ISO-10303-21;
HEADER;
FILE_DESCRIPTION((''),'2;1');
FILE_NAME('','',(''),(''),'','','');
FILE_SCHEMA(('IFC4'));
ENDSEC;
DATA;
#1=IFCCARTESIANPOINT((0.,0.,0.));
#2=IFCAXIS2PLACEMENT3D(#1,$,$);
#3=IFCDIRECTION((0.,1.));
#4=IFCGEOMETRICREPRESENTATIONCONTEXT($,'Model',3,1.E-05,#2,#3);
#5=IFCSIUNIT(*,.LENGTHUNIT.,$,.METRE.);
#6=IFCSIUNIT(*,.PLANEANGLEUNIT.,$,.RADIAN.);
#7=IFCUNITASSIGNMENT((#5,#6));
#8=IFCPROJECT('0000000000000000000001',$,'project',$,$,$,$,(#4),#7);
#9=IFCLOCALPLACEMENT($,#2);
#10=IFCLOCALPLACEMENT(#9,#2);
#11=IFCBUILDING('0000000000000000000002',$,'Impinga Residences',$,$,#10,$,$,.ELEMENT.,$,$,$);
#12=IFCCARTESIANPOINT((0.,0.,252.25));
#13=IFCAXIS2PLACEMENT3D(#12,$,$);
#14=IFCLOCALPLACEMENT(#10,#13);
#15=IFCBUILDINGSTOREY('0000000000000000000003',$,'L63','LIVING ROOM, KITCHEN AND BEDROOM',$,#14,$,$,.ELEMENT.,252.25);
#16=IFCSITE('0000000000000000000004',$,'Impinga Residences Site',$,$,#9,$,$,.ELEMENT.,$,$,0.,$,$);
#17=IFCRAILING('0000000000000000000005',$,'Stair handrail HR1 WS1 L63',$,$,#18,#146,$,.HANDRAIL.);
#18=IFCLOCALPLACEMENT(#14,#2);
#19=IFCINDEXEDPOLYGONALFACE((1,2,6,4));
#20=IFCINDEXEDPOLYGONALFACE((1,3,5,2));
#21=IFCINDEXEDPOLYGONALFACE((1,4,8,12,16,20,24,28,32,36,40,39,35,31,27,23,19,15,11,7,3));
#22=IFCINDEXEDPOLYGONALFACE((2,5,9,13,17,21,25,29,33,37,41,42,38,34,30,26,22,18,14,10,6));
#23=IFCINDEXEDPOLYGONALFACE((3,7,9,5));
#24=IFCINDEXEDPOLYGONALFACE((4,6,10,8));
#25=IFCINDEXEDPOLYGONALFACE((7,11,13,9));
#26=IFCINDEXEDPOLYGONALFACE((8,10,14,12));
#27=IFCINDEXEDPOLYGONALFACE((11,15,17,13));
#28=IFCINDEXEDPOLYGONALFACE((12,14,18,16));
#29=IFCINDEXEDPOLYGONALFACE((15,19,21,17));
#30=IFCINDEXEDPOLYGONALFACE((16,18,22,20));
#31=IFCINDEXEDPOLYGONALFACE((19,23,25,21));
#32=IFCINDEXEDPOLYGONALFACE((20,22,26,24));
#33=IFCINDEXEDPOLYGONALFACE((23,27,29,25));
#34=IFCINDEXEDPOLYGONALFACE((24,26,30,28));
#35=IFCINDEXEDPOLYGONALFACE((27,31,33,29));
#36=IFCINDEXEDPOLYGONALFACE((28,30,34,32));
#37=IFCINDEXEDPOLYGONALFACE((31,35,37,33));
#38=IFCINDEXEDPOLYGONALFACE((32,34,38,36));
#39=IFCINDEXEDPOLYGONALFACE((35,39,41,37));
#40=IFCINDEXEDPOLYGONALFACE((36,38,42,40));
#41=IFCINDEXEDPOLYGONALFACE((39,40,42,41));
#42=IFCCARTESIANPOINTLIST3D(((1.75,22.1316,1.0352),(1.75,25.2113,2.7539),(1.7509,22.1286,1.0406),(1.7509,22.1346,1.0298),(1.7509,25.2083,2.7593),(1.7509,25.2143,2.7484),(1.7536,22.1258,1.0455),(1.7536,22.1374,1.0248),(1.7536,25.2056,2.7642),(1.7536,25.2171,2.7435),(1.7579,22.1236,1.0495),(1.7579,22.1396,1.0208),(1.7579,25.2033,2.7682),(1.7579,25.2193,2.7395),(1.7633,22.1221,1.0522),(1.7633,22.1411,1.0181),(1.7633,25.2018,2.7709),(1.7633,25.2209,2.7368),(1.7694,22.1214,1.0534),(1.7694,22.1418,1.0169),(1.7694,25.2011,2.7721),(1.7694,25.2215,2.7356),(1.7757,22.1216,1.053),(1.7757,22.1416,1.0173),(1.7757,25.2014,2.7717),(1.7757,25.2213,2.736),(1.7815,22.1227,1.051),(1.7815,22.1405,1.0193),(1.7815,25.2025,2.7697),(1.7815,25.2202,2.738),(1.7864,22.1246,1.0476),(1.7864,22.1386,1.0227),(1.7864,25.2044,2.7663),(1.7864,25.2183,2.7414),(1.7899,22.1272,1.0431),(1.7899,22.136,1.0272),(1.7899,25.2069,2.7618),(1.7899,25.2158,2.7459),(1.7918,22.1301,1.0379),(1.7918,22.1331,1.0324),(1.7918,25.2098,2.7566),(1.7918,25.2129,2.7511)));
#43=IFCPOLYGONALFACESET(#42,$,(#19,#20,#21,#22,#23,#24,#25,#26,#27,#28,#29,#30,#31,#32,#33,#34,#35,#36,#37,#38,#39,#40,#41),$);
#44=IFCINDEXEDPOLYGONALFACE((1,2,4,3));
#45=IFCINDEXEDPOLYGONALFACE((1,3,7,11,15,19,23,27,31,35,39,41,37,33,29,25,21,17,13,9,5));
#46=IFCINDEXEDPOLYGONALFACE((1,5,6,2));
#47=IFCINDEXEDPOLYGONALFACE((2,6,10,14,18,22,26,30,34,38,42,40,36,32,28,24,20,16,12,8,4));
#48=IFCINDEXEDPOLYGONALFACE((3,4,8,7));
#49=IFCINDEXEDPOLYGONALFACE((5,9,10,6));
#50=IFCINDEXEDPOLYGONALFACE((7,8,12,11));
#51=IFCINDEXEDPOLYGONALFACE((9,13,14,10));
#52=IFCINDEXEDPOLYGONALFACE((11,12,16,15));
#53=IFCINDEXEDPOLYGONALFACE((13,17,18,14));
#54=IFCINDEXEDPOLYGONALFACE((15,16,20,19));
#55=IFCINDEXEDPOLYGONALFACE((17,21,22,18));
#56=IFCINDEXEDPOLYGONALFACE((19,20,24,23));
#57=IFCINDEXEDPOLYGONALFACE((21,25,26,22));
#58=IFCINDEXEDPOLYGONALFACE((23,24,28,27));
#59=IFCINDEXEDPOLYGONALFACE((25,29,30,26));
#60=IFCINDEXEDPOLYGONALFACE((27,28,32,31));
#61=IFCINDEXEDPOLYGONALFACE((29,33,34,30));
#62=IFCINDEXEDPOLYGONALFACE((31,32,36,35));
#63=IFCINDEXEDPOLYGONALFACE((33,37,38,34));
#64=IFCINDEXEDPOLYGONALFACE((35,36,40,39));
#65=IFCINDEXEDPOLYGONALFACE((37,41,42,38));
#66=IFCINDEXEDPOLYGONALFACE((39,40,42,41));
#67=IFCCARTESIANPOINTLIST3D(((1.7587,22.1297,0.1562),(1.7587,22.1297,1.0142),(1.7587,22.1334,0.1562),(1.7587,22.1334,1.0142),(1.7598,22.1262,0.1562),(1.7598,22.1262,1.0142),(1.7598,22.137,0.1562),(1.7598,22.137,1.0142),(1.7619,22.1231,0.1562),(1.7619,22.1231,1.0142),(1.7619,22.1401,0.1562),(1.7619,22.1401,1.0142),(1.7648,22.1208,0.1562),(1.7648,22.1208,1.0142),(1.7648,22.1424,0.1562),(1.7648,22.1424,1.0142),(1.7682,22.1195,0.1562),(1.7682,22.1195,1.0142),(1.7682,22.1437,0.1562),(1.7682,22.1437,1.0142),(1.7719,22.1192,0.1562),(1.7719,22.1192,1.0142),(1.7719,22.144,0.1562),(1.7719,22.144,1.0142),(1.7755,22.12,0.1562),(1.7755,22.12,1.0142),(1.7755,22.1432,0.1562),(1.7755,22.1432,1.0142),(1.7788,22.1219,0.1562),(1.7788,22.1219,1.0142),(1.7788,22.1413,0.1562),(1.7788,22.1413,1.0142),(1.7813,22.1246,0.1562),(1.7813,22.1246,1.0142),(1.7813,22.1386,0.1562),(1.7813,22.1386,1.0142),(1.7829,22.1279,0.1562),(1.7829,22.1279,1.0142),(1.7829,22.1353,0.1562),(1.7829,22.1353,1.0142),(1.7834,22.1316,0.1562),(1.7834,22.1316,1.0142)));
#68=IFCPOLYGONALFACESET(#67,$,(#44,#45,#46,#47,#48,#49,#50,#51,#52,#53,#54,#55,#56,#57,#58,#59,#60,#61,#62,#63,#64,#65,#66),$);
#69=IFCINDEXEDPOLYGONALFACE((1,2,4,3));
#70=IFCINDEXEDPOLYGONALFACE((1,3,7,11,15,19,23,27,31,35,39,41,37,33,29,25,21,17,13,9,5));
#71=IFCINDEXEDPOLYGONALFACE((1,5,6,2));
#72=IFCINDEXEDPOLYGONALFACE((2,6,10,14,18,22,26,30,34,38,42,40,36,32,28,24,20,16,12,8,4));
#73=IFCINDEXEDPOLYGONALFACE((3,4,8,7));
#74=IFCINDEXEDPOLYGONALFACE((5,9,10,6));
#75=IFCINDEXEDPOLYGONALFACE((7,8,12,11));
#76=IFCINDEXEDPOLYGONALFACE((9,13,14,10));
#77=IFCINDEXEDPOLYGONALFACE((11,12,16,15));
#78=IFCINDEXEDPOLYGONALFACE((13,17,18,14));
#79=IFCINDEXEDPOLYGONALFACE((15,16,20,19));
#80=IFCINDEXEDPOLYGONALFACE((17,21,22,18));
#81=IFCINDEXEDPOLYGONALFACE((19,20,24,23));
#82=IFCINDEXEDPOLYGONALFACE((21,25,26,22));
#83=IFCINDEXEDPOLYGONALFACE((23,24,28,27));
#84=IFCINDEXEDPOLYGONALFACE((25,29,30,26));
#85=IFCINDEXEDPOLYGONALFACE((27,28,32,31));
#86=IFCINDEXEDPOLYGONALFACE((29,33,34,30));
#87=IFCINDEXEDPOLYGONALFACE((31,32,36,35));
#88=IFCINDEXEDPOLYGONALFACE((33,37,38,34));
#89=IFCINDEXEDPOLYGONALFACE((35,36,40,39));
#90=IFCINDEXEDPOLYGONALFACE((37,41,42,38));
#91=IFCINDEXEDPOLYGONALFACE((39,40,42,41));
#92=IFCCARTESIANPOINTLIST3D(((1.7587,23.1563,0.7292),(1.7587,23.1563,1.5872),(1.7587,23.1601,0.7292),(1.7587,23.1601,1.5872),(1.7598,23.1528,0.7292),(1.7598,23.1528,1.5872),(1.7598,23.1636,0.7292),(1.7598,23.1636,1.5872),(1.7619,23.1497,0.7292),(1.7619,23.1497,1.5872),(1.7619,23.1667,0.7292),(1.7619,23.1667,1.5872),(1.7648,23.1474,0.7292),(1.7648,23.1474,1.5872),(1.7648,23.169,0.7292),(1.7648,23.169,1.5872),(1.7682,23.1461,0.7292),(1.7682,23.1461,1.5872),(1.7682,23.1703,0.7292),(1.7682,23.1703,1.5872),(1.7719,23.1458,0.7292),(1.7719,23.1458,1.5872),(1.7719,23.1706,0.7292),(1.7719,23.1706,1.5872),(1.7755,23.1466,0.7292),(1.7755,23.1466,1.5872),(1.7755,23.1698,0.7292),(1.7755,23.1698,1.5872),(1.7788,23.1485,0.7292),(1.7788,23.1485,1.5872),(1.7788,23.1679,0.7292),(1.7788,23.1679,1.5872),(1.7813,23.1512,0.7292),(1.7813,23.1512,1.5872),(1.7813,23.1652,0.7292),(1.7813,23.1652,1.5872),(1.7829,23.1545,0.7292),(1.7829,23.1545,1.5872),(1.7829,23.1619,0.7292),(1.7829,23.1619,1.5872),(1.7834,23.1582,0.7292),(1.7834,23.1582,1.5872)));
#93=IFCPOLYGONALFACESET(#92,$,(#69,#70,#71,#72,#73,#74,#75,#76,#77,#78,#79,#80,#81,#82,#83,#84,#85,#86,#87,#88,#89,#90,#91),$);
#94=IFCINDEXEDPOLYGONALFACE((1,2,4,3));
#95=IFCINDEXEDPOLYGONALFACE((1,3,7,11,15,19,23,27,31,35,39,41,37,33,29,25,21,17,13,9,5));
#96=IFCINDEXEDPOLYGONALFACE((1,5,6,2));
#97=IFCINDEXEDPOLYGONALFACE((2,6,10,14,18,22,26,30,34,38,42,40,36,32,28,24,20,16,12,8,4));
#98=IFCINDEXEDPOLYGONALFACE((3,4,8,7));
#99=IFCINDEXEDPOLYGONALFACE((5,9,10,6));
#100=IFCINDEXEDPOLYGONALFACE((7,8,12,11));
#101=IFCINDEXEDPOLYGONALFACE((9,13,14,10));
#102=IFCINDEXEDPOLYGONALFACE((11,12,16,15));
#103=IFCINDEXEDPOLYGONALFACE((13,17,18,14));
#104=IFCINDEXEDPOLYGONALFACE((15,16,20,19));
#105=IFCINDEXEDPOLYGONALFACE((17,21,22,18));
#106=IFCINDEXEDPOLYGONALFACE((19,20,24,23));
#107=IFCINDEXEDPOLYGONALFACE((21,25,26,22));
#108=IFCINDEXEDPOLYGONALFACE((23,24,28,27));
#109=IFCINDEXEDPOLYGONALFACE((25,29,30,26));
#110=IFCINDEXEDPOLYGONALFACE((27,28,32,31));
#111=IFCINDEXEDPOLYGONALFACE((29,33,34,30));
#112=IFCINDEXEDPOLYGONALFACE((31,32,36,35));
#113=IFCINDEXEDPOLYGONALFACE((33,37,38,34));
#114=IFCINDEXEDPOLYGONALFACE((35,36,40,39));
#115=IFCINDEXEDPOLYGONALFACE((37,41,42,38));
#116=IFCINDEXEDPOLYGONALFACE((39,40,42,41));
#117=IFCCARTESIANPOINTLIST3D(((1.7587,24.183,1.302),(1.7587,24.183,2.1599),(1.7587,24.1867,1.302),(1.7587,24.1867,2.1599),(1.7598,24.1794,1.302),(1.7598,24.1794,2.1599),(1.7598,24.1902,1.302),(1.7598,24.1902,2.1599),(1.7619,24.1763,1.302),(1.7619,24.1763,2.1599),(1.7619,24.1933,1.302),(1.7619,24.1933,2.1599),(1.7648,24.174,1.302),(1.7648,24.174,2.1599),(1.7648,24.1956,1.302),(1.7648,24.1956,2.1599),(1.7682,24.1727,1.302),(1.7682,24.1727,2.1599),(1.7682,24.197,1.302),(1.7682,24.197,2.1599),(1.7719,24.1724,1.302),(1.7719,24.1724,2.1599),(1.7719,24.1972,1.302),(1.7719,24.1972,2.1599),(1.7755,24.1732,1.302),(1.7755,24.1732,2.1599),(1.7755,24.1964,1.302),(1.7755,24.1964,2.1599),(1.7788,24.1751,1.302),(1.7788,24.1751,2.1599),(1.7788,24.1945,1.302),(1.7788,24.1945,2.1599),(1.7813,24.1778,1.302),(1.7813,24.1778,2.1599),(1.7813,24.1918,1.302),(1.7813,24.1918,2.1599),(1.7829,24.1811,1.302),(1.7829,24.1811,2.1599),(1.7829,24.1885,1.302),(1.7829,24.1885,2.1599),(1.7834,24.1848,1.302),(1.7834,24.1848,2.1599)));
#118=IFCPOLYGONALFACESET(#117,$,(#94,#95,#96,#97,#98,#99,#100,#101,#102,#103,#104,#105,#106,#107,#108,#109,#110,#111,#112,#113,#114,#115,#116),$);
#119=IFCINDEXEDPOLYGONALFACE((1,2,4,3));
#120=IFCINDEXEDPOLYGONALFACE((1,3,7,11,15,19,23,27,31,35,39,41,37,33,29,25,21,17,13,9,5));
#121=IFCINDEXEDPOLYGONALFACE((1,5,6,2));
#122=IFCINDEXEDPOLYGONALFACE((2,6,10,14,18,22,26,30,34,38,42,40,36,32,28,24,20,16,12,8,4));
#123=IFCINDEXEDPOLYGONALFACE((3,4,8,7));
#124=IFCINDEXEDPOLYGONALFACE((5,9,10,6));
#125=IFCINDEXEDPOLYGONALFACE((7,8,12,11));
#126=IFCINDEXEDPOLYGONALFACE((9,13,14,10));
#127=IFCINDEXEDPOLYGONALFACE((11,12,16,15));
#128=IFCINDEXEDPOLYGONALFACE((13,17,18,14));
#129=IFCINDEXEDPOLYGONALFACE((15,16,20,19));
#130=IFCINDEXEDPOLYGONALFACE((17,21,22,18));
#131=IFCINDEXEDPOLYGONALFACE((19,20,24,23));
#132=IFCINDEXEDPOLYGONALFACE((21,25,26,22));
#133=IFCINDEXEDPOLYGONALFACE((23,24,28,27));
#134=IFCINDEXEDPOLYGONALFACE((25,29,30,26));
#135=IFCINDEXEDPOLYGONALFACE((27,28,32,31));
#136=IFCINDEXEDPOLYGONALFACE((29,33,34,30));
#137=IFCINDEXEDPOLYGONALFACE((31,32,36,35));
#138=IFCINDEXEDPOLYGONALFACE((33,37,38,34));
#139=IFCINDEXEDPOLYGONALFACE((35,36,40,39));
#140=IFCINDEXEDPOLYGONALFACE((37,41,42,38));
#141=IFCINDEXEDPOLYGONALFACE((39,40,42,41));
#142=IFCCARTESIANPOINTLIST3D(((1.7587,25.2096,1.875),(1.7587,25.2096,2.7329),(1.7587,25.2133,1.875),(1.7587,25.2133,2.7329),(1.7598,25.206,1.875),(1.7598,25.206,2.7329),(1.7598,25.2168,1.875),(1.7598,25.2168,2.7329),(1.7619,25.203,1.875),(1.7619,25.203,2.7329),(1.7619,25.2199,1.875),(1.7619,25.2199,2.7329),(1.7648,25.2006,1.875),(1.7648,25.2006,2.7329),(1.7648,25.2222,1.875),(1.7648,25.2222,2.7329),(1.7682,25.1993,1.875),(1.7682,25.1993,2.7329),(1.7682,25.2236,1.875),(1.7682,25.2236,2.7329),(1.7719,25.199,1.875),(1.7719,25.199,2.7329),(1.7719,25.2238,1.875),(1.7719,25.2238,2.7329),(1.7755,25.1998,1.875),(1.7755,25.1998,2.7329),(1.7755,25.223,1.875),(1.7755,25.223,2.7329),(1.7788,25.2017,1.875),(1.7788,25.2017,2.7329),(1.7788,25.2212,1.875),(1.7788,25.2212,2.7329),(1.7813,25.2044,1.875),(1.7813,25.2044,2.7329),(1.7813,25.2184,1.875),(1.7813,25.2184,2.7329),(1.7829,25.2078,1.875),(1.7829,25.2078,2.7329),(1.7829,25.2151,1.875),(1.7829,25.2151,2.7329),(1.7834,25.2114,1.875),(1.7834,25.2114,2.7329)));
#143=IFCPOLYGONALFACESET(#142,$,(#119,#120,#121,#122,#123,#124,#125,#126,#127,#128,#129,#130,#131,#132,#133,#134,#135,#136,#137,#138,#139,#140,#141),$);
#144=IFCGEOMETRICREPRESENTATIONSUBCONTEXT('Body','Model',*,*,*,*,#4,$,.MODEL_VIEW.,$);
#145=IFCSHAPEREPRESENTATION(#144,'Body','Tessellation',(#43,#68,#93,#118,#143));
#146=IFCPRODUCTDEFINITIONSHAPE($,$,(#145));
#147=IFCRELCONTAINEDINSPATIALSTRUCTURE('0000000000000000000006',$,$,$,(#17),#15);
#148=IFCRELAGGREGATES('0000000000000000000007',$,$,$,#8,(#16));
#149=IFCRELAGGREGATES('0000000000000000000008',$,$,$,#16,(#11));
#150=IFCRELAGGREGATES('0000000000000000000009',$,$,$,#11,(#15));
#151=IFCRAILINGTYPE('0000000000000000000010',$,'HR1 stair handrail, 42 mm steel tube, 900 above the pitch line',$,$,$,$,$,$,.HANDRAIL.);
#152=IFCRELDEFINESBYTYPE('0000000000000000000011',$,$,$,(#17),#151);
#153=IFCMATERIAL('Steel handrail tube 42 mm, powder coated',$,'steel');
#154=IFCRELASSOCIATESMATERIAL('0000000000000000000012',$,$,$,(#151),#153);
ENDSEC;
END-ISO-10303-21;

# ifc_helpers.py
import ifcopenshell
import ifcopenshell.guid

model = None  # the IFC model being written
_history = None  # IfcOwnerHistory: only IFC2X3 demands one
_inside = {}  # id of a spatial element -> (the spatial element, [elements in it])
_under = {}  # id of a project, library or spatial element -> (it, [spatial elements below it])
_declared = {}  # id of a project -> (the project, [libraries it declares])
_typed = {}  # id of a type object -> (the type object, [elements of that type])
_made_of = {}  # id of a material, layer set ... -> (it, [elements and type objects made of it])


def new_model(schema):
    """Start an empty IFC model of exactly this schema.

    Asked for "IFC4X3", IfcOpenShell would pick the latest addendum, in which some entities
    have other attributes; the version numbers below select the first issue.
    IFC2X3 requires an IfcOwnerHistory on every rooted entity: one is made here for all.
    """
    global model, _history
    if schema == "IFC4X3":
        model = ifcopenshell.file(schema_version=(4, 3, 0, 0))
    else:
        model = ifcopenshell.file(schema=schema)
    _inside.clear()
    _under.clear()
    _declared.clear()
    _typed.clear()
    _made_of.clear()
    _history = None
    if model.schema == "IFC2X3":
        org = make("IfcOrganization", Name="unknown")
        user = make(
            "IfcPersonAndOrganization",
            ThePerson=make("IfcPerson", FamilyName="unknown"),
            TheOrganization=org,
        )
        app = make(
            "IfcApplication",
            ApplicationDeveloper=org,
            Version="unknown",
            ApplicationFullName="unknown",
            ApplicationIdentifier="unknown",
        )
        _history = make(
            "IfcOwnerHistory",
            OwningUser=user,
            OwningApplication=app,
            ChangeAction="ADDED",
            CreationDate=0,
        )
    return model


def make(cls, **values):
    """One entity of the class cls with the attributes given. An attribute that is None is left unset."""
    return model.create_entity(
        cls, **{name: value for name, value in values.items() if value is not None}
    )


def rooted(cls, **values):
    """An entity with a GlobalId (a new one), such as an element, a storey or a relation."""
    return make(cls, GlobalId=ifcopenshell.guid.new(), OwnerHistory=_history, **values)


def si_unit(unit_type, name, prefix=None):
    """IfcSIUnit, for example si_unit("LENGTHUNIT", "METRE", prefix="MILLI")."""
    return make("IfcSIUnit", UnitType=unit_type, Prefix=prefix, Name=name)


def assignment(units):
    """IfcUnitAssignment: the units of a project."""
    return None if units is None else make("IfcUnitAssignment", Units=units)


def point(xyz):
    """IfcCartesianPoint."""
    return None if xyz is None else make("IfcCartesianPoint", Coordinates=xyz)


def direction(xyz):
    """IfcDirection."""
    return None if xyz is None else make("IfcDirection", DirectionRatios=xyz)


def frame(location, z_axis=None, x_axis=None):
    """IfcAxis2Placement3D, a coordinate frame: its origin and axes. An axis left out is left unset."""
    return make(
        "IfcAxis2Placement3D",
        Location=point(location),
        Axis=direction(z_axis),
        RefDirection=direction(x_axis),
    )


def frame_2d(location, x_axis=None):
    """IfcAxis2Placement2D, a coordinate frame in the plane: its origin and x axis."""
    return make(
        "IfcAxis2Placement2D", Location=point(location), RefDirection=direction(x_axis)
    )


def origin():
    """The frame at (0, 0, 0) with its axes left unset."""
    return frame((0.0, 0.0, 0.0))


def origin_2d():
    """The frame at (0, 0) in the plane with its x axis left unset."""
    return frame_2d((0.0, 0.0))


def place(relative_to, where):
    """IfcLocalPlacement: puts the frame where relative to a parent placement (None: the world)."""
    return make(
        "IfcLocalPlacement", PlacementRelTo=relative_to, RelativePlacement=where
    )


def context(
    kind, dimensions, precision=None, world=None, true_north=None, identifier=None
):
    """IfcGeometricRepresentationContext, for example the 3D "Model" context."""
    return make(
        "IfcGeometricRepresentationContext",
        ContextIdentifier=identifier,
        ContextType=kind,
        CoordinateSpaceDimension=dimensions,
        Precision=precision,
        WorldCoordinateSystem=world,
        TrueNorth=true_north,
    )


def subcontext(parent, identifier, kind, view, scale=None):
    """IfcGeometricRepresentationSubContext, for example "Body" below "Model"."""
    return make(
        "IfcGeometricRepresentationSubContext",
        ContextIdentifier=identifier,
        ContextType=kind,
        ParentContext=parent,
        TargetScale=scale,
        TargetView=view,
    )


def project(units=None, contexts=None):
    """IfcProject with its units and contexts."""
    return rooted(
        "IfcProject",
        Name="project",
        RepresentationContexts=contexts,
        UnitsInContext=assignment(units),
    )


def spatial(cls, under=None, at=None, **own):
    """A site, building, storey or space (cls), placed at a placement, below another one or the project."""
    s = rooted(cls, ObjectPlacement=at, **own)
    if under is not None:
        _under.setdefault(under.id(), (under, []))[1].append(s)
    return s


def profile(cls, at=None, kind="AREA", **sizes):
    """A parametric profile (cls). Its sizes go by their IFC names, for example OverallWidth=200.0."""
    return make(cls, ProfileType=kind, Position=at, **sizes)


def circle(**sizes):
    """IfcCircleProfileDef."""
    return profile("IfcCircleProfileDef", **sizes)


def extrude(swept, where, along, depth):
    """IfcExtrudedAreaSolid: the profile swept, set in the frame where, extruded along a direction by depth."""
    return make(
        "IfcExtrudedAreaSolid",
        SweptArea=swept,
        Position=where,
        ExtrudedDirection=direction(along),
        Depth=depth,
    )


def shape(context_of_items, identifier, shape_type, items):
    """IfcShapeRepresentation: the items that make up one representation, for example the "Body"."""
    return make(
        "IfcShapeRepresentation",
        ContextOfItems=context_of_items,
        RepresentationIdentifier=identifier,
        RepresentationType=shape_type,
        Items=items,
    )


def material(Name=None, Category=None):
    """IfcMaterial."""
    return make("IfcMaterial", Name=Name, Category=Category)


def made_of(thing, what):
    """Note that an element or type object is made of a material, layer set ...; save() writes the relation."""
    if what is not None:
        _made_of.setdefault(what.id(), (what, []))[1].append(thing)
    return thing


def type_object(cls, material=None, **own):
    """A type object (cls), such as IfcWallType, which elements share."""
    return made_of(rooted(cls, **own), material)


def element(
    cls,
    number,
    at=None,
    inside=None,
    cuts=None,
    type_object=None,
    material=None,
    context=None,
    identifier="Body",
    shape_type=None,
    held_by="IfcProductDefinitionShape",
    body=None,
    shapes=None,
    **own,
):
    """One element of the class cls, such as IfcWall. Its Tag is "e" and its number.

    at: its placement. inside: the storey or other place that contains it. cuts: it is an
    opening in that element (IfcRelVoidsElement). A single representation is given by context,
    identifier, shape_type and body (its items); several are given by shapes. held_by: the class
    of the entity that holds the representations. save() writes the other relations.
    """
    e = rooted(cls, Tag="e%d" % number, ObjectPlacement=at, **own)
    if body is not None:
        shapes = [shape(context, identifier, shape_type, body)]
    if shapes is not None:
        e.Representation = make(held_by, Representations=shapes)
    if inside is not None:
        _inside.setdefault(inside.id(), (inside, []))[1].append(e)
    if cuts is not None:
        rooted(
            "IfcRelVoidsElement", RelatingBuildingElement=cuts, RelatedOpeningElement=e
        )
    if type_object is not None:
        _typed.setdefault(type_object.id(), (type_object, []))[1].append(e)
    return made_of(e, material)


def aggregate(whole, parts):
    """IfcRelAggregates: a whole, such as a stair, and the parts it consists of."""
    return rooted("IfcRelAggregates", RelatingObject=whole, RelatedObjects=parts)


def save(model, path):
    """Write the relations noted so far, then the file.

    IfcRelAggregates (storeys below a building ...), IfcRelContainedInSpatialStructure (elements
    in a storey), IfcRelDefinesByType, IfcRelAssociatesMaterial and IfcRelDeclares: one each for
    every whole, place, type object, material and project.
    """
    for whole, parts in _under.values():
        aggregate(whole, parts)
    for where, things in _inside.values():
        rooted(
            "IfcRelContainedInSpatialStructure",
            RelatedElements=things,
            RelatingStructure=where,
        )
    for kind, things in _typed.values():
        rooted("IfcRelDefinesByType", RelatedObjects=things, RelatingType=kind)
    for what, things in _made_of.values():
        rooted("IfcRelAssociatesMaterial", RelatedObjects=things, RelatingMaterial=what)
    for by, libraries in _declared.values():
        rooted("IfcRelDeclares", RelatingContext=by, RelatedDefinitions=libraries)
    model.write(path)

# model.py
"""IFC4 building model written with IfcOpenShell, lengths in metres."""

from ifc_helpers import new_model, si_unit, direction, frame, origin, origin_2d, place, context, subcontext, project, spatial, circle, extrude, material, type_object, element, save


model = new_model("IFC4")

# Units and contexts
model_context = context("Model", 3, precision=1e-05, world=origin(), true_north=direction((0.0, 1.0)))
body_context = subcontext(model_context, "Body", "Model", "MODEL_VIEW")
ifc_project = project(units=[si_unit("LENGTHUNIT", "METRE"), si_unit("PLANEANGLEUNIT", "RADIAN")], contexts=[model_context])

# Site, building, storey
site_placement = place(None, origin())
site = spatial("IfcSite", under=ifc_project, at=site_placement, Name="Impinga Residences Site", CompositionType="ELEMENT", RefElevation=0.0)
building_placement = place(site_placement, origin())
building = spatial("IfcBuilding", under=site, at=building_placement, Name="Impinga Residences", CompositionType="ELEMENT")
storey_placement = place(building_placement, frame((0.0, 0.0, 252.25)))
storey = spatial("IfcBuildingStorey", under=building, at=storey_placement, Name="L63", Description="LIVING ROOM, KITCHEN AND BEDROOM", CompositionType="ELEMENT", Elevation=252.25)

# Railing
ifc_material_1 = material(Name="Steel handrail tube 42 mm, powder coated", Category="steel")
railing_type_1 = type_object("IfcRailingType", Name="HR1 stair handrail, 42 mm steel tube, 900 above the pitch line", PredefinedType="HANDRAIL", material=ifc_material_1)
railing_1_placement = place(storey_placement, frame((1.771, 22.1316, 0.1562)))
element("IfcRailing", 1, at=railing_1_placement, inside=storey, type_object=railing_type_1, Name="Stair handrail HR1 WS1 L63", PredefinedType="HANDRAIL", context=body_context, shape_type="SweptSolid", body=[
    extrude(circle(Radius=0.021, at=origin_2d()), frame((0.0, 0.0, 0.8789), z_axis=(0.0, 0.873225, 0.487317), x_axis=(-1.0, 0.0, 0.0)), (0.0, 0.0, 1.0), 3.5269),
    extrude(circle(Radius=0.0125, at=origin_2d()), origin(), (0.0, 0.0, 1.0), 0.8579),
    extrude(circle(Radius=0.0125, at=origin_2d()), frame((0.0, 1.0266, 0.573)), (0.0, 0.0, 1.0), 0.8579),
    extrude(circle(Radius=0.0125, at=origin_2d()), frame((0.0, 2.0532, 1.1458)), (0.0, 0.0, 1.0), 0.8579),
    extrude(circle(Radius=0.0125, at=origin_2d()), frame((0.0, 3.0798, 1.7188)), (0.0, 0.0, 1.0), 0.8579),
])

save(model, "model.ifc")
